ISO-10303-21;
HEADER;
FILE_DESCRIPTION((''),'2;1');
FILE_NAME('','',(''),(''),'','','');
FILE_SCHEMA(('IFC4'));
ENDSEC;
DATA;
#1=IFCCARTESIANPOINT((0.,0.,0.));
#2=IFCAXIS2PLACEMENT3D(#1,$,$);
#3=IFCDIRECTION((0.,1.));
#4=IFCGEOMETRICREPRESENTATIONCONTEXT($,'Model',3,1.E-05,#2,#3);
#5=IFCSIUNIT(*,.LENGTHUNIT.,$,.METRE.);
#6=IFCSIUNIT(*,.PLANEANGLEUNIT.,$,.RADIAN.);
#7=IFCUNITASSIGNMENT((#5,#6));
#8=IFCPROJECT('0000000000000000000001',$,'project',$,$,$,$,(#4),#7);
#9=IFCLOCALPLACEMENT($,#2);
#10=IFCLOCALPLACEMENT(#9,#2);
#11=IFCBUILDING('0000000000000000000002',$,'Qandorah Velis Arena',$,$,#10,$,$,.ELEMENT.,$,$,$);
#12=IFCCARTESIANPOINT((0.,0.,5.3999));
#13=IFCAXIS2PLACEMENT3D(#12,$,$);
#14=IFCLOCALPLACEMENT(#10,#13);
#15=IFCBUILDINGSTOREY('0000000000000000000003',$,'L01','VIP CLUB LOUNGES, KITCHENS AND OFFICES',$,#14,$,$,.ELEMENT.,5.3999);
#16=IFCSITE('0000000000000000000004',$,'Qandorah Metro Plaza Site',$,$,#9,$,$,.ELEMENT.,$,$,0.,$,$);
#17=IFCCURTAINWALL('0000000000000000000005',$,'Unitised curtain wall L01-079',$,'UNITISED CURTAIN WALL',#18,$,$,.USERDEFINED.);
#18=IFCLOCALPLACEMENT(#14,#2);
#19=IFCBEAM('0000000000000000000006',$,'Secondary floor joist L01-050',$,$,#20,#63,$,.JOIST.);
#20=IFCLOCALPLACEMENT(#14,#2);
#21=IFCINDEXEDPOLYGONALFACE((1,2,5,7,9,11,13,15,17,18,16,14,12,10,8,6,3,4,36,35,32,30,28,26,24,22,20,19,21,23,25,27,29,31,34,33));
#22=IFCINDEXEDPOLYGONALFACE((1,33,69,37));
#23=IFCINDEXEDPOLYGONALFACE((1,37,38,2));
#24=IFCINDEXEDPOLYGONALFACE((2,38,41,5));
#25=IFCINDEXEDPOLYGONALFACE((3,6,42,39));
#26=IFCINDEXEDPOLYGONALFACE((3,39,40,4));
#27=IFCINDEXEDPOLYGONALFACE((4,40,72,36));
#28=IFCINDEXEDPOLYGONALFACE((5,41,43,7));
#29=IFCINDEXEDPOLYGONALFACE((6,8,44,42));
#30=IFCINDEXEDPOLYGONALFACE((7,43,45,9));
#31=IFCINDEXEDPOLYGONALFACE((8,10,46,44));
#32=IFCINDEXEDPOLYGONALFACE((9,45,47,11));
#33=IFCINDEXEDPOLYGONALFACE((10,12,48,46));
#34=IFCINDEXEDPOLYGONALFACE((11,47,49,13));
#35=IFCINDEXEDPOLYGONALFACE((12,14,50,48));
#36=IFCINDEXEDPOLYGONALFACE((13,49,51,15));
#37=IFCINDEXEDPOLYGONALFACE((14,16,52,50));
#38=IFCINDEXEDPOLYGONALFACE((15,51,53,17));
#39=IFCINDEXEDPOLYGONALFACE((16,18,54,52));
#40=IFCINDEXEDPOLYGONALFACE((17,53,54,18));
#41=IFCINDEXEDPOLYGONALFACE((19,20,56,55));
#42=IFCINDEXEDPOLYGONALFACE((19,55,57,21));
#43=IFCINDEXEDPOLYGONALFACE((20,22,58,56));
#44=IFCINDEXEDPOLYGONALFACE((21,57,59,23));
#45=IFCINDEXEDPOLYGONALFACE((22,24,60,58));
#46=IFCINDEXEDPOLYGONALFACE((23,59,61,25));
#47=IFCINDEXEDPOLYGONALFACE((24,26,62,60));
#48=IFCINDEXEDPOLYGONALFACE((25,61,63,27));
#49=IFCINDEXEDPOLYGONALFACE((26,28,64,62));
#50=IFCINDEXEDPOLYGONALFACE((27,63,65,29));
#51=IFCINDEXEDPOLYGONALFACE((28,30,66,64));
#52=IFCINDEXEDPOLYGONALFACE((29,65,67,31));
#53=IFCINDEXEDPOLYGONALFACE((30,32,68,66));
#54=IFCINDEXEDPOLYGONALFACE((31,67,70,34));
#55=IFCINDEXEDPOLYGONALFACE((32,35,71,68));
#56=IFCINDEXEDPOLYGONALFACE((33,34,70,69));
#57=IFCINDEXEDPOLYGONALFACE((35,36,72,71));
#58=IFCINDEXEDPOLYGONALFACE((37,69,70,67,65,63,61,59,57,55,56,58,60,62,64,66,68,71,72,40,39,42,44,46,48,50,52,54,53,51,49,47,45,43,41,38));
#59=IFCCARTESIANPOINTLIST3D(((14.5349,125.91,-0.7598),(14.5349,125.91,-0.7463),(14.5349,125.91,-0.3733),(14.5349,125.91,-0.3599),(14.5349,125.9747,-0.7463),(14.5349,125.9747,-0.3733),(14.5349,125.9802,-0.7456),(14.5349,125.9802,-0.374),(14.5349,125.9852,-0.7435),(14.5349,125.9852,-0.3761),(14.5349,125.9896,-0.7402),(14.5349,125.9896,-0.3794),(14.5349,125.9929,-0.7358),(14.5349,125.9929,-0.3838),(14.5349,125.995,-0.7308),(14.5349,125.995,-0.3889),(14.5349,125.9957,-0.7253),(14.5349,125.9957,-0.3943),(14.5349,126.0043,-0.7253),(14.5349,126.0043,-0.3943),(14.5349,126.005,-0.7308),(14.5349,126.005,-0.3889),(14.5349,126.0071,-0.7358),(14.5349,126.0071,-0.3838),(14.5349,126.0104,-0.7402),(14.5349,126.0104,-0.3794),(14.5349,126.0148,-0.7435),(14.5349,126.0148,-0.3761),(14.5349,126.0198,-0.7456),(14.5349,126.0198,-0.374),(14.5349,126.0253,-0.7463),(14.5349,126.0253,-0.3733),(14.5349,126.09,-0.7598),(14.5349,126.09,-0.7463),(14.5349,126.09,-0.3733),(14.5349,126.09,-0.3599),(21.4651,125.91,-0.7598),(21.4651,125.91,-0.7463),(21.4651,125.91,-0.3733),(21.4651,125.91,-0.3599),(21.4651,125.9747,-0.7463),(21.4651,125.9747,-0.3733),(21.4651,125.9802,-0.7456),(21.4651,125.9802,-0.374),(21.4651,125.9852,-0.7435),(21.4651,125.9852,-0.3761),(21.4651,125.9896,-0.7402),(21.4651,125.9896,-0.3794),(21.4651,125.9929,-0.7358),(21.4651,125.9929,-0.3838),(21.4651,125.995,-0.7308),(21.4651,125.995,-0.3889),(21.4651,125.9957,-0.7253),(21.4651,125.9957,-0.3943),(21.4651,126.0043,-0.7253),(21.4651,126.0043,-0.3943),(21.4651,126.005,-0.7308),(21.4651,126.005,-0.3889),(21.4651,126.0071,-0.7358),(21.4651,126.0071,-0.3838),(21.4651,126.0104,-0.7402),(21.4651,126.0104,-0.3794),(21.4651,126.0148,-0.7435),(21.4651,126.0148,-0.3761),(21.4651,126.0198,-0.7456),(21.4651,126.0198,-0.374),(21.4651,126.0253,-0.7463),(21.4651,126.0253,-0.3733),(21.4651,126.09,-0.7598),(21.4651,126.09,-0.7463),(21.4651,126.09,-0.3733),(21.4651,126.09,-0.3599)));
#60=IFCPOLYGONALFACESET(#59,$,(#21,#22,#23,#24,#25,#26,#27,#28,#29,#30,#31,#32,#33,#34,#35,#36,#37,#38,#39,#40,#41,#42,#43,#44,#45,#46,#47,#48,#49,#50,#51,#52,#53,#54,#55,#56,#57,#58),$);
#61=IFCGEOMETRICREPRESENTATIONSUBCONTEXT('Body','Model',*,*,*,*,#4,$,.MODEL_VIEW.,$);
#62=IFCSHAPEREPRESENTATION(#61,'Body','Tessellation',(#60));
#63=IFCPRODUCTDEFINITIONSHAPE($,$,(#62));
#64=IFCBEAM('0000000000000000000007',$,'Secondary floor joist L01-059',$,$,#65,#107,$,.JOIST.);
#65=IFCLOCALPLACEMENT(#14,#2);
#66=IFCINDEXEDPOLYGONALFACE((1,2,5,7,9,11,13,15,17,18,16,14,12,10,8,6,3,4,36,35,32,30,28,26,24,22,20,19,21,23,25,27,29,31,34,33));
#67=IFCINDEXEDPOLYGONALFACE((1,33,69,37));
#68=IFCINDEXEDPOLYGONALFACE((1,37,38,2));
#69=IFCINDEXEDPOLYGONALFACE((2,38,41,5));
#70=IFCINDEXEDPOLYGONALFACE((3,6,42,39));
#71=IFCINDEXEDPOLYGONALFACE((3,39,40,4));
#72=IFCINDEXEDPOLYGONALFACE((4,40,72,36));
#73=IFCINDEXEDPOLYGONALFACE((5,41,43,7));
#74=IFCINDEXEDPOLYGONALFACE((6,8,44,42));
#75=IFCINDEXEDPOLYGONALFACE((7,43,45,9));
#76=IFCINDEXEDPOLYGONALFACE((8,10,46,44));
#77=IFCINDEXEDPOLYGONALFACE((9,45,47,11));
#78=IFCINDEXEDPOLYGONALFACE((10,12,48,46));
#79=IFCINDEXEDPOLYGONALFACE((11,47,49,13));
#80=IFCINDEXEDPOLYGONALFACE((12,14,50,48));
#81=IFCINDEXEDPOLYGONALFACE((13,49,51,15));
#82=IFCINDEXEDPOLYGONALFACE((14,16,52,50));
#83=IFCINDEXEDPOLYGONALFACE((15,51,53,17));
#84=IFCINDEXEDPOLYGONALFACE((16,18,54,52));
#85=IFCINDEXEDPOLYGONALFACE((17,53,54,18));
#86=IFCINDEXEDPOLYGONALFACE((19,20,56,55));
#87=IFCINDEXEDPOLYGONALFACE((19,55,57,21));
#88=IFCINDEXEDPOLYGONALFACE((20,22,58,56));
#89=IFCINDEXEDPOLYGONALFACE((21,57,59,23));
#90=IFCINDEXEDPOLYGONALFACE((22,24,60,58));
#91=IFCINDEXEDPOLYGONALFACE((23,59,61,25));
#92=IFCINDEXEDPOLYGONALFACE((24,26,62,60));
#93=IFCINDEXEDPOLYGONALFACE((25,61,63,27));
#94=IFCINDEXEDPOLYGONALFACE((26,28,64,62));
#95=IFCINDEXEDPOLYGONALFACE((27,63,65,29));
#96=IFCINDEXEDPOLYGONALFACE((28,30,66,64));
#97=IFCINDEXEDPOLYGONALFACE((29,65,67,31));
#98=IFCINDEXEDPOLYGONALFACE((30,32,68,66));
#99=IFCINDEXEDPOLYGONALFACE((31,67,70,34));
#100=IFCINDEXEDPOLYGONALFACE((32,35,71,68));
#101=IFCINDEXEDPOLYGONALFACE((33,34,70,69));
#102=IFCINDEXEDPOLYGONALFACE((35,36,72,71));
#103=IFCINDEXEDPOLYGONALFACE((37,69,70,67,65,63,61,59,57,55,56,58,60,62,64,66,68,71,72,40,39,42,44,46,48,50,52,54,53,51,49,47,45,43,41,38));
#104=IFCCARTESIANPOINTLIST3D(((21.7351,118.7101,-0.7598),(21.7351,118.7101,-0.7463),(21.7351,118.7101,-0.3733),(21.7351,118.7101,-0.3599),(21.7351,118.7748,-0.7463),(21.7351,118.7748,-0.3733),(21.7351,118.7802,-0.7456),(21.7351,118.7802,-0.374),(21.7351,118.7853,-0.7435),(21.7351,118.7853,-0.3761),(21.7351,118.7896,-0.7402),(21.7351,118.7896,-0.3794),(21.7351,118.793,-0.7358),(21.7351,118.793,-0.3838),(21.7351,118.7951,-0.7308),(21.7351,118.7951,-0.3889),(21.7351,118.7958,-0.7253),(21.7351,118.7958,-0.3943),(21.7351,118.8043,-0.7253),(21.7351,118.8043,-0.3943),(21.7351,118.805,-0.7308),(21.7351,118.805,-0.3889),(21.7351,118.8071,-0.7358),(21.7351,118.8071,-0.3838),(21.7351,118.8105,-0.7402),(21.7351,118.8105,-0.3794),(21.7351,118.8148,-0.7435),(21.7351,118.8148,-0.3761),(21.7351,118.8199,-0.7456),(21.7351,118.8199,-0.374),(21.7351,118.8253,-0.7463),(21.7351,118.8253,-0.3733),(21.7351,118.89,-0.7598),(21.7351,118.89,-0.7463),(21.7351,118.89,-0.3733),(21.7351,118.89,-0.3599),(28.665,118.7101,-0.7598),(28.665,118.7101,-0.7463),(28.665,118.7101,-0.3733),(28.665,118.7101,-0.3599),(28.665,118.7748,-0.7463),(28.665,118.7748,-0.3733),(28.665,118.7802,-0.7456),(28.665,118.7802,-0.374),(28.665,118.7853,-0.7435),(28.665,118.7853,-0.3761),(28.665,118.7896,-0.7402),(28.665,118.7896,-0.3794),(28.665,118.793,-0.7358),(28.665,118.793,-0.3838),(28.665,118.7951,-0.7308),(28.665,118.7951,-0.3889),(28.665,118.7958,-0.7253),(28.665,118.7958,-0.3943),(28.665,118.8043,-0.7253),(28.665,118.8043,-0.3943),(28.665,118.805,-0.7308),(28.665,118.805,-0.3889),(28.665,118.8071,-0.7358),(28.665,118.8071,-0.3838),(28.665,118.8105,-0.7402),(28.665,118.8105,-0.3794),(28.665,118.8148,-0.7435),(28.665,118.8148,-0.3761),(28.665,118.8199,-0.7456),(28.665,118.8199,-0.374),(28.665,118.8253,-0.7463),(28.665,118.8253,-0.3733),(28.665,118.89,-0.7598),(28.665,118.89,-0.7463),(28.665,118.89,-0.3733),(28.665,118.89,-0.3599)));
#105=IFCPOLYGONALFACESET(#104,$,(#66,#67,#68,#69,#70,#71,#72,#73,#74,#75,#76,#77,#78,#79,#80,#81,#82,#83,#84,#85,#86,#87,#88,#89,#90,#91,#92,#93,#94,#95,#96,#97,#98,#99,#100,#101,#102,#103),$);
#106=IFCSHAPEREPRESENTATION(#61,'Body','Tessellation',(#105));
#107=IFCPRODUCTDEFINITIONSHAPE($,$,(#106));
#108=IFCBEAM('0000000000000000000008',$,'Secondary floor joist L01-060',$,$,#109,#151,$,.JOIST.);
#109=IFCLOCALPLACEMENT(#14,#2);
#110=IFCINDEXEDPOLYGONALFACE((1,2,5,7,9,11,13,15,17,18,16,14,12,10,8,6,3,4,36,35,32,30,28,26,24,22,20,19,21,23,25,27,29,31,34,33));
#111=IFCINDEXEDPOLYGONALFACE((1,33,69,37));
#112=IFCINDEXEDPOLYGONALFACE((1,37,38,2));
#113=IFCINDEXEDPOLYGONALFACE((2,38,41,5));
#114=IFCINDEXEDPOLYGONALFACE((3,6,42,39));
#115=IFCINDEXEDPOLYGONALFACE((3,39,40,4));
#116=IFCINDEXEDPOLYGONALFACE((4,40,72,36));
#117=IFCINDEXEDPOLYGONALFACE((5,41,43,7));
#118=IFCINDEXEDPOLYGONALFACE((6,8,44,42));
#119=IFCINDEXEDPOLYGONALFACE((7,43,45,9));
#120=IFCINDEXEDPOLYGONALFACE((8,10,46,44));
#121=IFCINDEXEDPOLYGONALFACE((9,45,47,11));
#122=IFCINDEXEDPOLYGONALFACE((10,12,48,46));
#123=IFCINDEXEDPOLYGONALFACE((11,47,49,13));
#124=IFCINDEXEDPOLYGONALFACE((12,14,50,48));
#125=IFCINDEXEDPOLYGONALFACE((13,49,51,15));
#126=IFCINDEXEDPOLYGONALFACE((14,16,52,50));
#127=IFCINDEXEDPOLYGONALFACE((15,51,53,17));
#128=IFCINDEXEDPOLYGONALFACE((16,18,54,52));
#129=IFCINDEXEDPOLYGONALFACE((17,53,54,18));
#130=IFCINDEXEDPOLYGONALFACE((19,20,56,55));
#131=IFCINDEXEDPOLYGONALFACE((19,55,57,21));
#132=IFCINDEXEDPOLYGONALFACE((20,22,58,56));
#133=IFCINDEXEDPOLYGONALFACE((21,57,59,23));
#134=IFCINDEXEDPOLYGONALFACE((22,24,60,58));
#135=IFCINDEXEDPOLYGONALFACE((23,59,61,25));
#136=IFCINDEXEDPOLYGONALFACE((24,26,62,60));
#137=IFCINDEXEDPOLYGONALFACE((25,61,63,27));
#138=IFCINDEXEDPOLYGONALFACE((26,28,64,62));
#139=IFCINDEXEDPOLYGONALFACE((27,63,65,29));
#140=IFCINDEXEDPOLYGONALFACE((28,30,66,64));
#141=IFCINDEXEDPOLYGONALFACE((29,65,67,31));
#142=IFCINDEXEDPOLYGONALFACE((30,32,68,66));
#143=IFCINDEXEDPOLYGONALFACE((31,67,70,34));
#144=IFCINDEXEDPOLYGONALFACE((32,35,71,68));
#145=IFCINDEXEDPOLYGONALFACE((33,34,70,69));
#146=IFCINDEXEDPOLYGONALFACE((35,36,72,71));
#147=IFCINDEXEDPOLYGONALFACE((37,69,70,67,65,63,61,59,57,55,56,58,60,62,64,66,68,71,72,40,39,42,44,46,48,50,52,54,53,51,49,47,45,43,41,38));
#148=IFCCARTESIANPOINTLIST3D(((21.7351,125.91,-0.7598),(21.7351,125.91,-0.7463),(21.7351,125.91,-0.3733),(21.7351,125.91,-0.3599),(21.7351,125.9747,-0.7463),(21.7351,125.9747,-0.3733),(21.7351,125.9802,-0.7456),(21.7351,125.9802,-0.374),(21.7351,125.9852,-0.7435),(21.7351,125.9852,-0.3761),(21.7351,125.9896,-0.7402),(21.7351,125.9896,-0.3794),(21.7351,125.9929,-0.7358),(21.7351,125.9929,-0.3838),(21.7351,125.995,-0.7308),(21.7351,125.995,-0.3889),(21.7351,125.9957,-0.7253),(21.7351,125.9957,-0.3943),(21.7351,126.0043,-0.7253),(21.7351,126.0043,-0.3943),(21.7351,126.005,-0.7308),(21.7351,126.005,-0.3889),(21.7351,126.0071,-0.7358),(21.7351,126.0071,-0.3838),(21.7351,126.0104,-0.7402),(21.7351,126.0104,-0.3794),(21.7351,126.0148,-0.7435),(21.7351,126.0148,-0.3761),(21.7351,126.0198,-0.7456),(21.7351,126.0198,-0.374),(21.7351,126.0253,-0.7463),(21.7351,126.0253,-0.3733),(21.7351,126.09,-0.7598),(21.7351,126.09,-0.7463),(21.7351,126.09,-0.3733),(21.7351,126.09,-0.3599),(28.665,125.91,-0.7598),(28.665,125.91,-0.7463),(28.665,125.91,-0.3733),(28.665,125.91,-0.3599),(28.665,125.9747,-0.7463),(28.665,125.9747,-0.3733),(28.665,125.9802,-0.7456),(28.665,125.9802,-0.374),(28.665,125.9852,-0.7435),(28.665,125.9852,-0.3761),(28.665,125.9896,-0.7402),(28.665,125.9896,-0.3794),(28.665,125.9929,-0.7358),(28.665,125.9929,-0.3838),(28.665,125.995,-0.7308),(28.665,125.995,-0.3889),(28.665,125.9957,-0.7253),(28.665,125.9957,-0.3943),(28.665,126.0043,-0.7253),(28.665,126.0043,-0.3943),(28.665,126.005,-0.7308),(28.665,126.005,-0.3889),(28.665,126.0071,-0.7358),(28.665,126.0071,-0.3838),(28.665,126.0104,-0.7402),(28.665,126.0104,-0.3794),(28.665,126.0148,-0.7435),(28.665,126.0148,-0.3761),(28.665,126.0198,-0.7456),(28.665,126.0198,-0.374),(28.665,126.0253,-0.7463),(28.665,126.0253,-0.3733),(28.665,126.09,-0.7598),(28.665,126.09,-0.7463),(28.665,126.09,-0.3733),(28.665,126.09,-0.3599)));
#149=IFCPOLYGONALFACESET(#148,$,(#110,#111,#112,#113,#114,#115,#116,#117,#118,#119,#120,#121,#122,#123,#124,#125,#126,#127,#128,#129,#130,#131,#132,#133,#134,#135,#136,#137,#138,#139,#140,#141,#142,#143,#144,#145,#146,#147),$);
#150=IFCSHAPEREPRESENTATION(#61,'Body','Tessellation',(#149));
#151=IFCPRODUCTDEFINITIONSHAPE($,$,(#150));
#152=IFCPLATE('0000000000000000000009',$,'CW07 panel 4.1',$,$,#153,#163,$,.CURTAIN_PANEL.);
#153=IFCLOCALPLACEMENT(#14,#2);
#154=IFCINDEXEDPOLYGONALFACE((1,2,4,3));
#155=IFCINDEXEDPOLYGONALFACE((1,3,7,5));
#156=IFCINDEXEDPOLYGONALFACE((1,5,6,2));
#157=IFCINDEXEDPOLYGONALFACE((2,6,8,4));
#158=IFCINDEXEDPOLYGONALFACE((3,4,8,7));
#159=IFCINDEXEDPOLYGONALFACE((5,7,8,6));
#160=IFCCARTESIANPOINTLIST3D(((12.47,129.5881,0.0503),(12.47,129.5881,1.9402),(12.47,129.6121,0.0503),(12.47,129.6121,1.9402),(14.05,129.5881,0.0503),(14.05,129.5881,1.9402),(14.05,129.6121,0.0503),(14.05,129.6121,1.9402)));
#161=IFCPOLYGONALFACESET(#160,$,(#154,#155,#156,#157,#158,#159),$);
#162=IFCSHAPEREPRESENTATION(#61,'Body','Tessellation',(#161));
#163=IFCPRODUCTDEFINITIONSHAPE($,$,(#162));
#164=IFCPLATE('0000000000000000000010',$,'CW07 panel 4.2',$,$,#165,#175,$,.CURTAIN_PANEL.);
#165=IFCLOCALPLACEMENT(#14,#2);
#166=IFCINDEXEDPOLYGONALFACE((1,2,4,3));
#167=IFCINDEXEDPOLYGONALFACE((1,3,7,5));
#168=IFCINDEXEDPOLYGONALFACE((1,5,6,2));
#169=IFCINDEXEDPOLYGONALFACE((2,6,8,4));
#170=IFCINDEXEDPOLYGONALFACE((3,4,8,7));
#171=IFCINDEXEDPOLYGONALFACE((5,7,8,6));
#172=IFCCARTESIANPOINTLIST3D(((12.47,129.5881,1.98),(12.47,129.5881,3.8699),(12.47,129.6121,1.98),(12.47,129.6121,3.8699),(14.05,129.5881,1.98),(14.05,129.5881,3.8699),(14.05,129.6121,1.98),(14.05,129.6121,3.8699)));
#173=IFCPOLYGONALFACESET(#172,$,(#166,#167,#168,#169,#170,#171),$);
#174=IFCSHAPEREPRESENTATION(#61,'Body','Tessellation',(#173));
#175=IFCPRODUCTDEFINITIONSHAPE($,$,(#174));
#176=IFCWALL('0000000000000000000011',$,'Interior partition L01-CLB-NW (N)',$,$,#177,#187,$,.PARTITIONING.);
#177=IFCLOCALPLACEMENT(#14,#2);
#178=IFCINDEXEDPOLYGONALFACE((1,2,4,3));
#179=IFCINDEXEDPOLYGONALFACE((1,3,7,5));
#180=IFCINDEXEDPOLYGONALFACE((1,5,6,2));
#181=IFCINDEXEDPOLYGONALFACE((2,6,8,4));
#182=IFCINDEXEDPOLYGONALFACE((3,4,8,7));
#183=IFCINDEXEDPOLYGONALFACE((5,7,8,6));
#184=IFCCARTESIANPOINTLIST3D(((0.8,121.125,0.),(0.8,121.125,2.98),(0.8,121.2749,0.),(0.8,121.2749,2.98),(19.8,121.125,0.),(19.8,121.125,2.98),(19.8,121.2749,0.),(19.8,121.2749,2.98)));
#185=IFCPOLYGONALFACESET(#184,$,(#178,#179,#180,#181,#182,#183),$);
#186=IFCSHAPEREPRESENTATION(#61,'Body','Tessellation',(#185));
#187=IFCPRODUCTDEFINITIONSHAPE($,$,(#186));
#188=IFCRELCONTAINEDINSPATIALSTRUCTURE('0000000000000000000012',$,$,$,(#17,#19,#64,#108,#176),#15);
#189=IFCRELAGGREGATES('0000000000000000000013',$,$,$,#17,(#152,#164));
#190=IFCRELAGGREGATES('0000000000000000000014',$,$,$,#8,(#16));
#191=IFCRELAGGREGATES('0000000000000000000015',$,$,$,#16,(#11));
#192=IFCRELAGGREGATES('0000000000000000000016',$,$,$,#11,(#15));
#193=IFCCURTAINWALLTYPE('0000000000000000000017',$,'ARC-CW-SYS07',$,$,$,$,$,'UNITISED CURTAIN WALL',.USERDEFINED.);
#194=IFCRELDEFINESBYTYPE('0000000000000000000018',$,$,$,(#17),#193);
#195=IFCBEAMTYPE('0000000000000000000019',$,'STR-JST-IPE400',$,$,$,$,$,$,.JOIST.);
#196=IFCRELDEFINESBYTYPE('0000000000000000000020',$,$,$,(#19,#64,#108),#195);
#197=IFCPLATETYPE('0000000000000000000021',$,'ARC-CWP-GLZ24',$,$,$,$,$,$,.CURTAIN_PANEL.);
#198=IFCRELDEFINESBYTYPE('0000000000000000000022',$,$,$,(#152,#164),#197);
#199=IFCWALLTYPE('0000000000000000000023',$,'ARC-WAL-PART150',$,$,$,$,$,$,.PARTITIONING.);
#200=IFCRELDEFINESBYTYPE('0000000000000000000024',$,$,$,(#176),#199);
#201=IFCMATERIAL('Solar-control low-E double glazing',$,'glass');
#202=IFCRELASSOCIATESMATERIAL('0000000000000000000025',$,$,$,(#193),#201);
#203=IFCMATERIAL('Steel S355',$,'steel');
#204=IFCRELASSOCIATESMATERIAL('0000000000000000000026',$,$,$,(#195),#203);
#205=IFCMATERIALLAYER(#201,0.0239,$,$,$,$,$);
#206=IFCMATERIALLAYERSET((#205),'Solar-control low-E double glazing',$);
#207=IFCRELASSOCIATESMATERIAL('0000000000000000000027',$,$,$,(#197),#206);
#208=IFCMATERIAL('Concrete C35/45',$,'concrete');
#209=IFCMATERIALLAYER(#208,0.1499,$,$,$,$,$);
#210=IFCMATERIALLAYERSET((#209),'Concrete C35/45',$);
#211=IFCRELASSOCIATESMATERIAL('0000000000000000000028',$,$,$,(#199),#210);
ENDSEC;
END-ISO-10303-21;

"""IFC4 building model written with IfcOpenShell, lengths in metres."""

from ifc_helpers import new_model, si_unit, direction, frame, frame_2d, origin, origin_2d, place, context, subcontext, project, spatial, rectangle, i_section, extrude, material, layer, layer_set, material_profile, profile_set, type_object, element, aggregate, save


model = new_model("IFC4")

# Units and contexts
model_context = context("Model", 3, precision=1e-05, world=origin(), true_north=direction((0.0, 1.0)))
body_context = subcontext(model_context, "Body", "Model", "MODEL_VIEW")
ifc_project = project(units=[si_unit("LENGTHUNIT", "METRE"), si_unit("PLANEANGLEUNIT", "RADIAN")], contexts=[model_context])

# Site, building, storey
site_placement = place(None, origin())
site = spatial("IfcSite", under=ifc_project, at=site_placement, Name="Qandorah Metro Plaza Site", CompositionType="ELEMENT", RefElevation=0.0)
building_placement = place(site_placement, origin())
building = spatial("IfcBuilding", under=site, at=building_placement, Name="Qandorah Velis Arena", CompositionType="ELEMENT")
storey_placement = place(building_placement, frame((0.0, 0.0, 5.3999)))
storey = spatial("IfcBuildingStorey", under=building, at=storey_placement, Name="L01", Description="VIP CLUB LOUNGES, KITCHENS AND OFFICES", CompositionType="ELEMENT", Elevation=5.3999)

# Curtain wall
ifc_material_1 = material(Name="Solar-control low-E double glazing", Category="glass")
curtain_wall_type_1 = type_object("IfcCurtainWallType", Name="ARC-CW-SYS07", ElementType="UNITISED CURTAIN WALL", PredefinedType="USERDEFINED", material=ifc_material_1)
curtain_wall_1_placement = place(storey_placement, origin())
curtain_wall_1 = element("IfcCurtainWall", 1, at=curtain_wall_1_placement, inside=storey, type_object=curtain_wall_type_1, Name="Unitised curtain wall L01-079", ObjectType="UNITISED CURTAIN WALL", PredefinedType="USERDEFINED")

# Beams
ifc_material_2 = material(Name="Steel S355", Category="steel")
ifc_material_profile_1 = material_profile(ifc_material_2, i_section(OverallWidth=0.1799, OverallDepth=0.3999, WebThickness=0.0085, FlangeThickness=0.0134, FilletRadius=0.021, at=origin_2d()), Name="IPE 400")
ifc_profile_set_1 = profile_set([ifc_material_profile_1], Name="Steel S355")
beam_type_1 = type_object("IfcBeamType", Name="STR-JST-IPE400", PredefinedType="JOIST", material=ifc_profile_set_1)
for number, where, z_axis, x_axis, name in (
    (2, (14.5349, 126.0, -0.5598), (1.0, 0.0, 0.0), (0.0, 1.0, 0.0), "Secondary floor joist L01-050"),
):
    element("IfcBeam", number, at=place(storey_placement, frame(where, z_axis=z_axis, x_axis=x_axis)), inside=storey, type_object=beam_type_1, Name=name, PredefinedType="JOIST", context=body_context, shape_type="SweptSolid", body=[
        extrude(i_section(OverallWidth=0.1799, OverallDepth=0.3999, WebThickness=0.0085, FlangeThickness=0.0134, FilletRadius=0.021, at=origin_2d()), origin(), (0.0, 0.0, 1.0), 6.9302),
    ])
for number, where, z_axis, x_axis, name in (
    (3, (21.7351, 118.8, -0.5598), (1.0, 0.0, 0.0), (0.0, 1.0, 0.0), "Secondary floor joist L01-059"),
    (4, (21.7351, 126.0, -0.5598), (1.0, 0.0, 0.0), (0.0, 1.0, 0.0), "Secondary floor joist L01-060"),
):
    element("IfcBeam", number, at=place(storey_placement, frame(where, z_axis=z_axis, x_axis=x_axis)), inside=storey, type_object=beam_type_1, Name=name, PredefinedType="JOIST", context=body_context, shape_type="SweptSolid", body=[
        extrude(i_section(OverallWidth=0.1799, OverallDepth=0.3999, WebThickness=0.0085, FlangeThickness=0.0134, FilletRadius=0.021, at=origin_2d()), origin(), (0.0, 0.0, 1.0), 6.9299),
    ])

# Plates
ifc_layer_1 = layer(ifc_material_1, 0.0239)
ifc_layer_set_1 = layer_set([ifc_layer_1], Name="Solar-control low-E double glazing")
plate_type = type_object("IfcPlateType", Name="ARC-CWP-GLZ24", PredefinedType="CURTAIN_PANEL", material=ifc_layer_set_1)
plate_1_placement = place(storey_placement, frame((13.26, 129.6001, 0.0503), z_axis=(0.0, 0.0, 1.0), x_axis=(1.0, 0.0, 0.0)))
plate_1 = element("IfcPlate", 5, at=plate_1_placement, type_object=plate_type, Name="CW07 panel 4.1", PredefinedType="CURTAIN_PANEL", context=body_context, shape_type="SweptSolid", body=[
    extrude(rectangle(XDim=1.5801, YDim=0.0239, at=origin_2d()), origin(), (0.0, 0.0, 1.0), 1.8899),
])
plate_2_placement = place(storey_placement, frame((13.26, 129.6001, 1.98), z_axis=(0.0, 0.0, 1.0), x_axis=(1.0, 0.0, 0.0)))
plate_2 = element("IfcPlate", 6, at=plate_2_placement, type_object=plate_type, Name="CW07 panel 4.2", PredefinedType="CURTAIN_PANEL", context=body_context, shape_type="SweptSolid", body=[
    extrude(rectangle(XDim=1.5801, YDim=0.0239, at=origin_2d()), origin(), (0.0, 0.0, 1.0), 1.8899),
])
aggregate(curtain_wall_1, [plate_1, plate_2])

# Wall
ifc_material_3 = material(Name="Concrete C35/45", Category="concrete")
ifc_layer_2 = layer(ifc_material_3, 0.1499)
ifc_layer_set_2 = layer_set([ifc_layer_2], Name="Concrete C35/45")
wall_type = type_object("IfcWallType", Name="ARC-WAL-PART150", PredefinedType="PARTITIONING", material=ifc_layer_set_2)
wall_placement = place(storey_placement, frame((19.8, 121.2, 0.0), z_axis=(0.0, 0.0, 1.0), x_axis=(-1.0, 0.0, 0.0)))
element("IfcWall", 7, at=wall_placement, inside=storey, type_object=wall_type, Name="Interior partition L01-CLB-NW (N)", PredefinedType="PARTITIONING", context=body_context, shape_type="SweptSolid", body=[
    extrude(rectangle(XDim=19.0, YDim=0.1499, at=frame_2d((9.5, 0.0))), origin(), (0.0, 0.0, 1.0), 2.98),
])

save(model, "model.ifc")
